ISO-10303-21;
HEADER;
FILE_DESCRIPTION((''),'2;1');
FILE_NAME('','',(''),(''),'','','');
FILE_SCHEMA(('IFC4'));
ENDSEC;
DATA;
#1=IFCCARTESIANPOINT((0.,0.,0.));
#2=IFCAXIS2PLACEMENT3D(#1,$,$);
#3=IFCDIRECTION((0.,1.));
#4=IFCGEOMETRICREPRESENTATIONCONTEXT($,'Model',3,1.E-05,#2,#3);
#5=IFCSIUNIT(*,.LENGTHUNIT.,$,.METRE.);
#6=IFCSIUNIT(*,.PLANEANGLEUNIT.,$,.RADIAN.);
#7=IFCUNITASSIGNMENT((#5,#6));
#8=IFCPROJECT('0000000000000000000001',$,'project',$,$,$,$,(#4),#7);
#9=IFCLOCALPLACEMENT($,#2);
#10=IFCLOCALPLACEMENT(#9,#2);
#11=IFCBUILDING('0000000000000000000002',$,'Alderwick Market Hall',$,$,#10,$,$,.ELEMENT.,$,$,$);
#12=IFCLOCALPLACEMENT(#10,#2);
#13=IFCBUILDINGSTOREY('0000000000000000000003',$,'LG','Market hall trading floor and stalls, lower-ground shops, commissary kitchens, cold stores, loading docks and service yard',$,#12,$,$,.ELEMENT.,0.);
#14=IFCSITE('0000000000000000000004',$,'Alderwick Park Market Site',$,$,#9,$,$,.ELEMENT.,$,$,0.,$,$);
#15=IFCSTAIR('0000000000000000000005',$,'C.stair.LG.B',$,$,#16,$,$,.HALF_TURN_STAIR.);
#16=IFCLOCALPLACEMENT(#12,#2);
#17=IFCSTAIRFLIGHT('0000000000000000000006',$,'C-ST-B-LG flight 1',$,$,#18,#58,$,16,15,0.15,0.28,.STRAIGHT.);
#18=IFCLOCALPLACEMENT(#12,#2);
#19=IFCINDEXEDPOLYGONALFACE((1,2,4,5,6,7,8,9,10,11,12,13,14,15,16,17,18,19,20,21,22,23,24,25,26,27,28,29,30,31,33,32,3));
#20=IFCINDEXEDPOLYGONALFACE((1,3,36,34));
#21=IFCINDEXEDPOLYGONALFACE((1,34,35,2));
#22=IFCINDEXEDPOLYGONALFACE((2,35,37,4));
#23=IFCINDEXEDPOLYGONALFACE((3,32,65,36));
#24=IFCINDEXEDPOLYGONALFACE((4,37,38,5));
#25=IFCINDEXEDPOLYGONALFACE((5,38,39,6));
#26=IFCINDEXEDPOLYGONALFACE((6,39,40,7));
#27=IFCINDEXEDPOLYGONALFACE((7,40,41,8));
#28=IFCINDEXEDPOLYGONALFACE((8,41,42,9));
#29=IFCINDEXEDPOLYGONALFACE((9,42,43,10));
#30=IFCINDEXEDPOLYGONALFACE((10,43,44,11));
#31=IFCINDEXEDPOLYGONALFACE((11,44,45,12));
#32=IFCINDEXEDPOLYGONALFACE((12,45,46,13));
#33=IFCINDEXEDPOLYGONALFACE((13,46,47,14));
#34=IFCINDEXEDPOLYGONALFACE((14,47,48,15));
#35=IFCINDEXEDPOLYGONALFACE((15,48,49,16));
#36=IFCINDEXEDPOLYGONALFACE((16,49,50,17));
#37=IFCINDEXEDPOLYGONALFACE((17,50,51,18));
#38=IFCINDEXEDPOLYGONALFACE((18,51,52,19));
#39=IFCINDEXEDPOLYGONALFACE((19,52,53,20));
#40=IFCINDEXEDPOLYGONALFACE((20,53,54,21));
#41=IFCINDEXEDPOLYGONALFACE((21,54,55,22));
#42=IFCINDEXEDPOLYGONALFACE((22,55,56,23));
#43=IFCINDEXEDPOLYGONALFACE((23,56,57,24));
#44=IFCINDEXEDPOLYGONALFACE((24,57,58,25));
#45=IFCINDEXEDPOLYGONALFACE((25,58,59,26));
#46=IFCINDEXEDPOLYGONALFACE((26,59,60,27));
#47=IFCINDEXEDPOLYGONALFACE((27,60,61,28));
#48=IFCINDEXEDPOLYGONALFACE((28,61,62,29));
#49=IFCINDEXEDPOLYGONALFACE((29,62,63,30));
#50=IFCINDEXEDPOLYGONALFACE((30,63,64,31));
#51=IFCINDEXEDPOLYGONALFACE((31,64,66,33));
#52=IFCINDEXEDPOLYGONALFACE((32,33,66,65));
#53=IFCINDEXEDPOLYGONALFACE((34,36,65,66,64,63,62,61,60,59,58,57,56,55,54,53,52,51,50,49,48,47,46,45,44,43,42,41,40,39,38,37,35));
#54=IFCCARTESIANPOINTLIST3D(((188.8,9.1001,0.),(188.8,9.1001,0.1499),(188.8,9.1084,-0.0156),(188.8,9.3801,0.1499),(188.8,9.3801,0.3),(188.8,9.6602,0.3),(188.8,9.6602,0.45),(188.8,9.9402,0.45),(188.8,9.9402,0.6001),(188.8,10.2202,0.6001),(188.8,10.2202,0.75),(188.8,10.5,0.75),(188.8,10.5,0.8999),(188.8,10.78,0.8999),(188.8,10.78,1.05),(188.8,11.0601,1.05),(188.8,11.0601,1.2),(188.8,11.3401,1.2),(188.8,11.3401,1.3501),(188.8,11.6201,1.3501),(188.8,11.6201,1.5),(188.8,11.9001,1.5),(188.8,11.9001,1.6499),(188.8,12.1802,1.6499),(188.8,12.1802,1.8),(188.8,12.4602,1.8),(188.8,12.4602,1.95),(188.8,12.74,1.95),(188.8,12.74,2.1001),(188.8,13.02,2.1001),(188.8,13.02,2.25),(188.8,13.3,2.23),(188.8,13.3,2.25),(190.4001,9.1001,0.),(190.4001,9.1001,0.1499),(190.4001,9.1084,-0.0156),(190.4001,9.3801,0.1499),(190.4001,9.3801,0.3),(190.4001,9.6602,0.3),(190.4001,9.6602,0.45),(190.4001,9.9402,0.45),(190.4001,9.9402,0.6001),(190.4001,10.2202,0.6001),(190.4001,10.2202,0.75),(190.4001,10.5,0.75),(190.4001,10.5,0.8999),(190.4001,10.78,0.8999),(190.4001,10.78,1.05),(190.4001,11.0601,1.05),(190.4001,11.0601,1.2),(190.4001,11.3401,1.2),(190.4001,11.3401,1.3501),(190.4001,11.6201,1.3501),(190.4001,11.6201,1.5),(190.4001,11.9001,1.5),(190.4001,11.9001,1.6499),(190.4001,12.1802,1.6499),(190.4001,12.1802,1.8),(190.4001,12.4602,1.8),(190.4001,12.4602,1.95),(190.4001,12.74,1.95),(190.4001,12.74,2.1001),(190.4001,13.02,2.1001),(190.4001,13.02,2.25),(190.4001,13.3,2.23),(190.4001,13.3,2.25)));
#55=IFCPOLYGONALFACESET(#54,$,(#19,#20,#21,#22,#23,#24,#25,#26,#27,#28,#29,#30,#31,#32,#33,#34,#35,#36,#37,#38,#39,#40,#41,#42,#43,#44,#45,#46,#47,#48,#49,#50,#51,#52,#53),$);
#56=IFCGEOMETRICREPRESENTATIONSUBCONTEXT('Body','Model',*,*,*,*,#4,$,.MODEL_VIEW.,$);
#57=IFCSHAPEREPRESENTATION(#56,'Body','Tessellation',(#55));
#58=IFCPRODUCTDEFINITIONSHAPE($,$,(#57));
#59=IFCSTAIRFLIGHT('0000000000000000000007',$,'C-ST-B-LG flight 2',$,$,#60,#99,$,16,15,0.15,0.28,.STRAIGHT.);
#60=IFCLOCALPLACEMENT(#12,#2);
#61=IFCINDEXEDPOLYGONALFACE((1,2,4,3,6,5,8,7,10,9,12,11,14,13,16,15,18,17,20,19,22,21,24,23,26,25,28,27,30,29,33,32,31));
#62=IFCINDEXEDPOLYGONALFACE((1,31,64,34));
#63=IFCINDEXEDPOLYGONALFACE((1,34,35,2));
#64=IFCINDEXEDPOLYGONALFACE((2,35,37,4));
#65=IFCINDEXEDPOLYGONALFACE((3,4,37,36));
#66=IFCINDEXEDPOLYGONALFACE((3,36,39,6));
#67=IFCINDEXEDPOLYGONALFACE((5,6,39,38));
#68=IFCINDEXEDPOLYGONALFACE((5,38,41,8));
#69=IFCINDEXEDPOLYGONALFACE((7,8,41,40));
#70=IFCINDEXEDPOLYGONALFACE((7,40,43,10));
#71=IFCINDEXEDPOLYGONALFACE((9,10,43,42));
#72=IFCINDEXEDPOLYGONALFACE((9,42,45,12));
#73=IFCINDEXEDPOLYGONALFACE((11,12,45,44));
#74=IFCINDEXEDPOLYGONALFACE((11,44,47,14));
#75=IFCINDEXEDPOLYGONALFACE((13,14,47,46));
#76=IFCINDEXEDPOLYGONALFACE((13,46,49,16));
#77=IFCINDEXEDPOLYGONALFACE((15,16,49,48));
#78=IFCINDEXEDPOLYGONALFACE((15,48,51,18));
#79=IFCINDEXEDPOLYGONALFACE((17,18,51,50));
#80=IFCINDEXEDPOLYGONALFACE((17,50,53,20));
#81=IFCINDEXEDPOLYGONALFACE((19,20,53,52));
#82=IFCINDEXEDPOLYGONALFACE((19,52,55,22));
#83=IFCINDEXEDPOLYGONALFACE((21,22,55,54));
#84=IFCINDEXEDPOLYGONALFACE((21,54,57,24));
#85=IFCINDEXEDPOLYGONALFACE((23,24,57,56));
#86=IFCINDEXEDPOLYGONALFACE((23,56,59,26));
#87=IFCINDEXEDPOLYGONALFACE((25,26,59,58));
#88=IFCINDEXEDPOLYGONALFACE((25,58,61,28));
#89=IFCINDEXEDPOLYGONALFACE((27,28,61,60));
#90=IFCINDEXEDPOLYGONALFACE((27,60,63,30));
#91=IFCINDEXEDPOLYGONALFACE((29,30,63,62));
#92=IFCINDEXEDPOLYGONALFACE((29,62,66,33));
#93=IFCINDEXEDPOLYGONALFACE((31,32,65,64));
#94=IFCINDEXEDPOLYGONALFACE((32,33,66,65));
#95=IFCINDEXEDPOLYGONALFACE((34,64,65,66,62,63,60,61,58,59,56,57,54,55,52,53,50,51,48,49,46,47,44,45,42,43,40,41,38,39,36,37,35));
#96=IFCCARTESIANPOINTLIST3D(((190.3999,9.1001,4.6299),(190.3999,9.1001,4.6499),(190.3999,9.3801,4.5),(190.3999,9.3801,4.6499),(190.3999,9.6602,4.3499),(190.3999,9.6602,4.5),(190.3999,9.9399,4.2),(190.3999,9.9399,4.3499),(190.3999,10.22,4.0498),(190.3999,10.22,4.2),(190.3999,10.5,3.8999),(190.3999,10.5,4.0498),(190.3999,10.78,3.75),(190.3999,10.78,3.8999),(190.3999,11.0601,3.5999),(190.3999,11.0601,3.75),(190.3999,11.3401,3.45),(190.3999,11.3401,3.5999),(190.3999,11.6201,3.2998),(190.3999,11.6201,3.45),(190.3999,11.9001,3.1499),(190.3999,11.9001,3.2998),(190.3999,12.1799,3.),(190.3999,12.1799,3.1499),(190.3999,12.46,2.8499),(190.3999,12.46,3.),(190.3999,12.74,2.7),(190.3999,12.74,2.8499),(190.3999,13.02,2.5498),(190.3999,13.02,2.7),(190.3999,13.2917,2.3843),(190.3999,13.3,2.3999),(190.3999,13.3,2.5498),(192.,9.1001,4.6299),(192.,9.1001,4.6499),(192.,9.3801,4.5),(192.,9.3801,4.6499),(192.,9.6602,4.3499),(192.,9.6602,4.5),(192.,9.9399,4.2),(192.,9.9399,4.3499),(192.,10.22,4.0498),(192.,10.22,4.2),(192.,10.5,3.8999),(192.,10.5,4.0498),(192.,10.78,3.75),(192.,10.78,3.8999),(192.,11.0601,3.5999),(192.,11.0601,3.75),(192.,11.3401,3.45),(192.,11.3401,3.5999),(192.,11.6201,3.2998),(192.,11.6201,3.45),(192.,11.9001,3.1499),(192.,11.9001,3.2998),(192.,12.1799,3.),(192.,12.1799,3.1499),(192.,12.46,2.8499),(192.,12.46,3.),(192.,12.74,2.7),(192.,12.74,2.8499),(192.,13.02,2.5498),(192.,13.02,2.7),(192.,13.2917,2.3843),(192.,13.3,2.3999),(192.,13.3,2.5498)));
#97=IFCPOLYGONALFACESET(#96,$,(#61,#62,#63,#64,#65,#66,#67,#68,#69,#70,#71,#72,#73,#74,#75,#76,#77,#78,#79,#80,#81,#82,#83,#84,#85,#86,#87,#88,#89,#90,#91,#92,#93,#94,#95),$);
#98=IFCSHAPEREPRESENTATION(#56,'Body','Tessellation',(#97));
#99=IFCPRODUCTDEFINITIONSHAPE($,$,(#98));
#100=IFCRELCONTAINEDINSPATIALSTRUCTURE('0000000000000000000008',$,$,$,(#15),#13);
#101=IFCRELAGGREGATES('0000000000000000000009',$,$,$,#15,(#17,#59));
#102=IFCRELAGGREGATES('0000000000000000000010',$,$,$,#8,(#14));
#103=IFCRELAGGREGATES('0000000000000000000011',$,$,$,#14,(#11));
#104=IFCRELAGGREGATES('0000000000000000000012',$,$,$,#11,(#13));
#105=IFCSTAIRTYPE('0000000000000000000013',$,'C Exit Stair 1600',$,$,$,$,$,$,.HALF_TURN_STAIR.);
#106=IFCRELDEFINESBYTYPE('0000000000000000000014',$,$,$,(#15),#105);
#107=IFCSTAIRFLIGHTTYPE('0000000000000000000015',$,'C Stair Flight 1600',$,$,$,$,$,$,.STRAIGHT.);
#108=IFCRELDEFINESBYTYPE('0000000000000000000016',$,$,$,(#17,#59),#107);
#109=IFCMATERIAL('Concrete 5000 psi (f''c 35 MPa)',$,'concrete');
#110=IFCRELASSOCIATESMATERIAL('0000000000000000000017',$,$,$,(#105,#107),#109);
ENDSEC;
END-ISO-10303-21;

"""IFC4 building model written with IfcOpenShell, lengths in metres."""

from ifc_helpers import new_model, si_unit, direction, frame, origin, place, context, subcontext, project, spatial, polyline, outline, extrude, material, type_object, element, aggregate, save


model = new_model("IFC4")

# Units and contexts
model_context = context("Model", 3, precision=1e-05, world=origin(), true_north=direction((0.0, 1.0)))
body_context = subcontext(model_context, "Body", "Model", "MODEL_VIEW")
ifc_project = project(units=[si_unit("LENGTHUNIT", "METRE"), si_unit("PLANEANGLEUNIT", "RADIAN")], contexts=[model_context])

# Site, building, storey
site_placement = place(None, origin())
site = spatial("IfcSite", under=ifc_project, at=site_placement, Name="Alderwick Park Market Site", CompositionType="ELEMENT", RefElevation=0.0)
building_placement = place(site_placement, origin())
building = spatial("IfcBuilding", under=site, at=building_placement, Name="Alderwick Market Hall", CompositionType="ELEMENT")
storey_placement = place(building_placement, origin())
storey = spatial("IfcBuildingStorey", under=building, at=storey_placement, Name="LG", Description="Market hall trading floor and stalls, lower-ground shops, commissary kitchens, cold stores, loading docks and service yard", CompositionType="ELEMENT", Elevation=0.0)

# Shared definitions
ifc_material_1 = material(Name="Concrete 5000 psi (f'c 35 MPa)", Category="concrete")

# Stair, stair flights
stair_type = type_object("IfcStairType", Name="C Exit Stair 1600", PredefinedType="HALF_TURN_STAIR", material=ifc_material_1)
stair_placement = place(storey_placement, origin())
stair = element("IfcStair", 1, at=stair_placement, inside=storey, type_object=stair_type, Name="C.stair.LG.B", PredefinedType="HALF_TURN_STAIR")
stair_flight_type = type_object("IfcStairFlightType", Name="C Stair Flight 1600", PredefinedType="STRAIGHT", material=ifc_material_1)
stair_flight_1_placement = place(storey_placement, frame((189.6001, 9.1001, 0.0), z_axis=(0.0, 0.0, 1.0), x_axis=(0.0, 1.0, 0.0)))
stair_flight_1 = element("IfcStairFlight", 2, at=stair_flight_1_placement, type_object=stair_flight_type, Name="C-ST-B-LG flight 1", NumberOfRisers=16, NumberOfTreads=15, PredefinedType="STRAIGHT", RiserHeight=0.15, TreadLength=0.28, context=body_context, shape_type="SweptSolid", body=[
    extrude(outline(polyline([(0.0083, -0.0156), (0.0, 0.0), (0.0, 0.1499), (0.28, 0.1499), (0.28, 0.3), (0.5601, 0.3), (0.5601, 0.45), (0.8401, 0.45), (0.8401, 0.6001), (1.1201, 0.6001), (1.1201, 0.75), (1.3999, 0.75), (1.3999, 0.8999), (1.6799, 0.8999), (1.6799, 1.05), (1.96, 1.05), (1.96, 1.2), (2.24, 1.2), (2.24, 1.3501), (2.52, 1.3501), (2.52, 1.5), (2.8, 1.5), (2.8, 1.6499), (3.0801, 1.6499), (3.0801, 1.8), (3.3601, 1.8), (3.3601, 1.95), (3.6399, 1.95), (3.6399, 2.1001), (3.9199, 2.1001), (3.9199, 2.25), (4.2, 2.25), (4.2, 2.23), (0.0083, -0.0156)])), frame((0.0, 0.8, 0.0), z_axis=(0.0, -1.0, 0.0), x_axis=(1.0, 0.0, 0.0)), (0.0, 0.0, 1.0), 1.6001),
])
stair_flight_2_placement = place(storey_placement, frame((191.2, 13.3, 2.3999), z_axis=(0.0, 0.0, 1.0), x_axis=(0.0, -1.0, 0.0)))
stair_flight_2 = element("IfcStairFlight", 3, at=stair_flight_2_placement, type_object=stair_flight_type, Name="C-ST-B-LG flight 2", NumberOfRisers=16, NumberOfTreads=15, PredefinedType="STRAIGHT", RiserHeight=0.15, TreadLength=0.28, context=body_context, shape_type="SweptSolid", body=[
    extrude(outline(polyline([(0.0083, -0.0156), (0.0, 0.0), (0.0, 0.1499), (0.28, 0.1499), (0.28, 0.3), (0.5601, 0.3), (0.5601, 0.45), (0.8401, 0.45), (0.8401, 0.6001), (1.1201, 0.6001), (1.1201, 0.75), (1.3999, 0.75), (1.3999, 0.8999), (1.6799, 0.8999), (1.6799, 1.05), (1.96, 1.05), (1.96, 1.2), (2.24, 1.2), (2.24, 1.3501), (2.52, 1.3501), (2.52, 1.5), (2.8, 1.5), (2.8, 1.6499), (3.0801, 1.6499), (3.0801, 1.8), (3.3601, 1.8), (3.3601, 1.95), (3.6399, 1.95), (3.6399, 2.1001), (3.9199, 2.1001), (3.9199, 2.25), (4.2, 2.25), (4.2, 2.23), (0.0083, -0.0156)])), frame((0.0, 0.8, 0.0), z_axis=(0.0, -1.0, 0.0), x_axis=(1.0, 0.0, 0.0)), (0.0, 0.0, 1.0), 1.6001),
])
aggregate(stair, [stair_flight_1, stair_flight_2])

save(model, "model.ifc")
